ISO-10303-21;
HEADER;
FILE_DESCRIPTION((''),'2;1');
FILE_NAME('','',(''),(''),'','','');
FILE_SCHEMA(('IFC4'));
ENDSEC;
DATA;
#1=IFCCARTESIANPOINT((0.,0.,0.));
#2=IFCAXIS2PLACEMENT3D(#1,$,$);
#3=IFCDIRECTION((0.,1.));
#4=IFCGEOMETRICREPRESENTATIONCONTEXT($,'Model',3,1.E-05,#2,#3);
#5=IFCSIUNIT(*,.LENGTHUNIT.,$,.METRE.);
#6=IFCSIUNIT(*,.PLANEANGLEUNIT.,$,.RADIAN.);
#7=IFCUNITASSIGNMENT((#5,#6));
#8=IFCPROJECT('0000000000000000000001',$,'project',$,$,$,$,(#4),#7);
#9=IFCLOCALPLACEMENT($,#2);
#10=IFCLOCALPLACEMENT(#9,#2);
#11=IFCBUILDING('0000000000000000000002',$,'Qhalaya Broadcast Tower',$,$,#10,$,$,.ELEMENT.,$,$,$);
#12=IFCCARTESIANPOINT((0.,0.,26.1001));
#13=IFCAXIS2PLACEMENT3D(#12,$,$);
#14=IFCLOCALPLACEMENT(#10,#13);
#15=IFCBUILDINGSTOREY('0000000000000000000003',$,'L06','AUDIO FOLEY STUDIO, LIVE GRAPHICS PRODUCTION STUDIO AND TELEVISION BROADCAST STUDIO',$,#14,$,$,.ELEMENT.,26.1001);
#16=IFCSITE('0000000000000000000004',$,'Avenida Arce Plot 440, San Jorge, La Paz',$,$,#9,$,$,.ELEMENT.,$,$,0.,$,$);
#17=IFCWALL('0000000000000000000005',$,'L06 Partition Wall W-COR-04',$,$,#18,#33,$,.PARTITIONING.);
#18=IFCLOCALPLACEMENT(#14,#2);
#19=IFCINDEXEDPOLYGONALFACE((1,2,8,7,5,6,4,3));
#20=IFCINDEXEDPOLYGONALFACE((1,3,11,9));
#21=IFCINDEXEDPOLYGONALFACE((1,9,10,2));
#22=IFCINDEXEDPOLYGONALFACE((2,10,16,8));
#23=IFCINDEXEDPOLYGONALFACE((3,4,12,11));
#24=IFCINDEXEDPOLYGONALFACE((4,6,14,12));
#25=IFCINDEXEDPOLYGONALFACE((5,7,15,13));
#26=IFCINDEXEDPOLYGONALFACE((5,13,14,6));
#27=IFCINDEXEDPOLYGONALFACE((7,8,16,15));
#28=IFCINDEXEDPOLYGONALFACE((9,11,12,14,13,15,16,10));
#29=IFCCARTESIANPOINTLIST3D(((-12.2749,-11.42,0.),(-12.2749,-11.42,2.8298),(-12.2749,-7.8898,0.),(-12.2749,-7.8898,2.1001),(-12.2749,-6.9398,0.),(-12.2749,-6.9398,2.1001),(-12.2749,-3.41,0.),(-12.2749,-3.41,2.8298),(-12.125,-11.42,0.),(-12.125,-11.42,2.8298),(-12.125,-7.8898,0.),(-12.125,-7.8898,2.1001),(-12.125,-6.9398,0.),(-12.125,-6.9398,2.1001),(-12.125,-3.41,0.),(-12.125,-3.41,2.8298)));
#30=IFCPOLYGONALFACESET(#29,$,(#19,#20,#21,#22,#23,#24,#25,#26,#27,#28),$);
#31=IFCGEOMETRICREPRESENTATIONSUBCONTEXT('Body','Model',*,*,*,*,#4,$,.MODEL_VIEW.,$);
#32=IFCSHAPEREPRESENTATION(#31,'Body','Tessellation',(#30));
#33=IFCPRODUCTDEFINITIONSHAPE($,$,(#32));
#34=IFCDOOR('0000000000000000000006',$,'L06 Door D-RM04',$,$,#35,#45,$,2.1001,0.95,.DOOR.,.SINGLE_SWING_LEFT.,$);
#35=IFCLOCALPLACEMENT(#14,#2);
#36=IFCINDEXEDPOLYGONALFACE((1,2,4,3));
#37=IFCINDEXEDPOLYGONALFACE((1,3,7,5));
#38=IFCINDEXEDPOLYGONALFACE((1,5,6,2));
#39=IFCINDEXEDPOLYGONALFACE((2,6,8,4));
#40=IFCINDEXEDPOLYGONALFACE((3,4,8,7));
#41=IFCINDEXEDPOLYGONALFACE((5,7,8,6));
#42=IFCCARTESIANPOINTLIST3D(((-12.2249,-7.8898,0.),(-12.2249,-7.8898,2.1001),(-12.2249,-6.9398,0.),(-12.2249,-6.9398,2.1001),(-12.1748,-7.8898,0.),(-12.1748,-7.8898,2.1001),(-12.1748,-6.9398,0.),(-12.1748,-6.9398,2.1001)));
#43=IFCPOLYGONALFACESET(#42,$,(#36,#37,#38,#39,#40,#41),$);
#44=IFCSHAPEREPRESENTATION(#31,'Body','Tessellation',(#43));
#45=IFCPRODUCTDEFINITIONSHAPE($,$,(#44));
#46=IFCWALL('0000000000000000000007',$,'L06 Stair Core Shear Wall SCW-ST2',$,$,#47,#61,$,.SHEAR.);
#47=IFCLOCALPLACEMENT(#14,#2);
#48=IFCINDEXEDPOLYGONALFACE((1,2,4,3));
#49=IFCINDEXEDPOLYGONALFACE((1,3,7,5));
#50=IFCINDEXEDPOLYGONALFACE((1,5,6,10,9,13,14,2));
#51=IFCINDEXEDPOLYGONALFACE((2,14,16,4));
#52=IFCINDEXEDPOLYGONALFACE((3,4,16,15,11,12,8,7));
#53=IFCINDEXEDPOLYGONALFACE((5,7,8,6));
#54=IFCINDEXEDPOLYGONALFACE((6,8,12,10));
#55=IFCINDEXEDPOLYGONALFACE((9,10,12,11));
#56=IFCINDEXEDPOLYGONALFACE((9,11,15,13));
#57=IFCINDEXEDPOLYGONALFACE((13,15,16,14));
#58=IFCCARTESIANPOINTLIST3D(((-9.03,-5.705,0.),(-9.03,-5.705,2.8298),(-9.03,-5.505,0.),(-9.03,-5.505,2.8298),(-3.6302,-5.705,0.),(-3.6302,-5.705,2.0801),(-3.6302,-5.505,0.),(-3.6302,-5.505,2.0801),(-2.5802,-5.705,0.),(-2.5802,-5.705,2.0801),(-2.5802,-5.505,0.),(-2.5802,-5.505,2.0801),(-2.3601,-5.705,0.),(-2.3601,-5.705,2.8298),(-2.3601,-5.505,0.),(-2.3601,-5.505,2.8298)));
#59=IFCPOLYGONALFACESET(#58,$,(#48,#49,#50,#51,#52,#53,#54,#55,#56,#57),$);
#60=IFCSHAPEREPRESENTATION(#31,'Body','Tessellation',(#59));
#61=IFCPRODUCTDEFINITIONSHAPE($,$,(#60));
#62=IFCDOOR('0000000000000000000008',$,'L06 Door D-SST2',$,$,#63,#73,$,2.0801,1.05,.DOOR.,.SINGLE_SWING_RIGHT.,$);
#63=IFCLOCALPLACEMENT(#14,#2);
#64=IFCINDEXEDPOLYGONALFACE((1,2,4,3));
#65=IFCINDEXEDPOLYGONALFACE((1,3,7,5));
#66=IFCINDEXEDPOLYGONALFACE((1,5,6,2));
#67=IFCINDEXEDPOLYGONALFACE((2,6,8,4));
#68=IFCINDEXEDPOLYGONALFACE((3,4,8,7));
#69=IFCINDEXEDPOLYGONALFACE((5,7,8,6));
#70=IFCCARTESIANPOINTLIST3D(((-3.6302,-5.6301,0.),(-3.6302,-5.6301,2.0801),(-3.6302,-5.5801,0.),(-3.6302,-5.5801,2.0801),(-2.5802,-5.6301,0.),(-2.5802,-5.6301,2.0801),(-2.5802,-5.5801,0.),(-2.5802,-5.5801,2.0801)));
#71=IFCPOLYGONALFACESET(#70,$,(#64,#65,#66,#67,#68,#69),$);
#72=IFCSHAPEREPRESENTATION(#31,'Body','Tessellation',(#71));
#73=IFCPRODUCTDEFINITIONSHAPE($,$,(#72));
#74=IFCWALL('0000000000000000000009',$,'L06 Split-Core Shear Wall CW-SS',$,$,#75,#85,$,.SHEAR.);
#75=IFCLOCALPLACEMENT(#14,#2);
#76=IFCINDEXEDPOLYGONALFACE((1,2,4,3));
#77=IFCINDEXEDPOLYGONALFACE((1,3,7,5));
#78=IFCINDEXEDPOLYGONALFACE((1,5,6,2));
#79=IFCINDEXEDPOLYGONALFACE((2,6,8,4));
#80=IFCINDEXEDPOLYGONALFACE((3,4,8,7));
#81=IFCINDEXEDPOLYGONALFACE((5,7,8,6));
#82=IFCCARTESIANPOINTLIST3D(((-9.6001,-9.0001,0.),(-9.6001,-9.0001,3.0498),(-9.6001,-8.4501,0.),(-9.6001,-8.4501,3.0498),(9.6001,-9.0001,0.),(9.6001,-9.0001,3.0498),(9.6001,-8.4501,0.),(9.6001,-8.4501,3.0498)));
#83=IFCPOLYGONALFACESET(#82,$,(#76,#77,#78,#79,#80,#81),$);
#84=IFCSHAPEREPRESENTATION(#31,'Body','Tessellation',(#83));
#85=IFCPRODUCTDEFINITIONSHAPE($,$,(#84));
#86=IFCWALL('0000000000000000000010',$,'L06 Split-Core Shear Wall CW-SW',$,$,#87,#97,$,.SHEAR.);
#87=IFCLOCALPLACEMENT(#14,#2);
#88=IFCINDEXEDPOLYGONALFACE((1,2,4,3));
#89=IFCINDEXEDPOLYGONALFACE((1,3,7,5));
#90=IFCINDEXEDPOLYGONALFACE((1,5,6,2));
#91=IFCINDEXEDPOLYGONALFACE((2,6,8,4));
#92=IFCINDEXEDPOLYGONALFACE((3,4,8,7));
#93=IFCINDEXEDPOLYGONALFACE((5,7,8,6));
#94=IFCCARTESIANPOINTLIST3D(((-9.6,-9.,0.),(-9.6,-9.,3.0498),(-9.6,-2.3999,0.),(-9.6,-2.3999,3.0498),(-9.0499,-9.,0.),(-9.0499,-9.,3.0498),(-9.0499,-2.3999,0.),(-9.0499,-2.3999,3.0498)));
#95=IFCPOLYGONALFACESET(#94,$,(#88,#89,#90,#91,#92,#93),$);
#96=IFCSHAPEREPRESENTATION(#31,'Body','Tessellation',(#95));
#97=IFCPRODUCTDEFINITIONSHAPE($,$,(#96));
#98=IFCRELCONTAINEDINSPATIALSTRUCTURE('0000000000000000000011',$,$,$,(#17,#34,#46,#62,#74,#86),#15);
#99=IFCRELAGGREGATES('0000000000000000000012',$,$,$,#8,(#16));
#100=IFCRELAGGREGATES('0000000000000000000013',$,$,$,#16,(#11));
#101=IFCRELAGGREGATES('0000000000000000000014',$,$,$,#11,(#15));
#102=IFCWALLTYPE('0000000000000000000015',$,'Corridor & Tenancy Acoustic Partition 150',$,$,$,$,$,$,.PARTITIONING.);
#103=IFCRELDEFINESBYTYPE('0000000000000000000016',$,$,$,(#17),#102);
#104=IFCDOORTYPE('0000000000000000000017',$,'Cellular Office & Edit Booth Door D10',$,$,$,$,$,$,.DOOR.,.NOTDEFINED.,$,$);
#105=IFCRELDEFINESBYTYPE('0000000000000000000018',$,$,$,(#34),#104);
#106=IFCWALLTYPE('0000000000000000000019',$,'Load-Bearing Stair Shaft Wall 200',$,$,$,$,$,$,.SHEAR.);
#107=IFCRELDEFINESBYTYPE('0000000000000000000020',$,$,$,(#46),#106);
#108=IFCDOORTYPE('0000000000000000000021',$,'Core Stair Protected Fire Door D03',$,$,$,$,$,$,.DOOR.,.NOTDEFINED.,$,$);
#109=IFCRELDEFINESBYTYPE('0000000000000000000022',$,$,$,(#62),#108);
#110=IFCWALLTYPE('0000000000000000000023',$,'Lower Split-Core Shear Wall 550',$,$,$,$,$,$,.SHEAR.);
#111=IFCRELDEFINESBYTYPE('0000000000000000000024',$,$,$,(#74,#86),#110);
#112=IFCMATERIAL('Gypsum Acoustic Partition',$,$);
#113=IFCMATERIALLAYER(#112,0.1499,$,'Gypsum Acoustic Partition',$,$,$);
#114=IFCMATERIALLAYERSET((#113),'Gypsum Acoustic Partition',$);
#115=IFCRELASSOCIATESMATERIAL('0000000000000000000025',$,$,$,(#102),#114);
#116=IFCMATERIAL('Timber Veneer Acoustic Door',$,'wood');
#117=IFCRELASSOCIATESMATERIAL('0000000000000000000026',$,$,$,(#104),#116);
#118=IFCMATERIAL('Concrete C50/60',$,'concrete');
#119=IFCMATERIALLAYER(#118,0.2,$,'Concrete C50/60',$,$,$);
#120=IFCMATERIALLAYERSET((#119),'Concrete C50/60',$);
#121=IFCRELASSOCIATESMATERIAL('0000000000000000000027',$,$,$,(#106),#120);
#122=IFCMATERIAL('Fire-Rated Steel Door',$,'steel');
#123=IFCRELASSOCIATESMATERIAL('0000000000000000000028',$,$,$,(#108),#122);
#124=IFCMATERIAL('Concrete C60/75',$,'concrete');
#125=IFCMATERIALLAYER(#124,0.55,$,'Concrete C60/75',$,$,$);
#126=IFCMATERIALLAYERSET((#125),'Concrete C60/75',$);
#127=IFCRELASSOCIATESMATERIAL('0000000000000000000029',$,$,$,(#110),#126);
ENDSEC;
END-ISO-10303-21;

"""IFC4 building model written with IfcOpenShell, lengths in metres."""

from ifc_helpers import new_model, si_unit, direction, frame, frame_2d, origin, place, context, subcontext, project, spatial, rectangle, extrude, material, layer, layer_set, type_object, element, fill, save


model = new_model("IFC4")

# Units and contexts
model_context = context("Model", 3, precision=1e-05, world=origin(), true_north=direction((0.0, 1.0)))
body_context = subcontext(model_context, "Body", "Model", "MODEL_VIEW")
ifc_project = project(units=[si_unit("LENGTHUNIT", "METRE"), si_unit("PLANEANGLEUNIT", "RADIAN")], contexts=[model_context])

# Site, building, storey
site_placement = place(None, origin())
site = spatial("IfcSite", under=ifc_project, at=site_placement, Name="Avenida Arce Plot 440, San Jorge, La Paz", CompositionType="ELEMENT", RefElevation=0.0)
building_placement = place(site_placement, origin())
building = spatial("IfcBuilding", under=site, at=building_placement, Name="Qhalaya Broadcast Tower", CompositionType="ELEMENT")
storey_placement = place(building_placement, frame((0.0, 0.0, 26.1001)))
storey = spatial("IfcBuildingStorey", under=building, at=storey_placement, Name="L06", Description="AUDIO FOLEY STUDIO, LIVE GRAPHICS PRODUCTION STUDIO AND TELEVISION BROADCAST STUDIO", CompositionType="ELEMENT", Elevation=26.1001)

# Shared definitions
ifc_material_1 = material(Name="Concrete C50/60", Category="concrete")

# Walls, openings, doors
ifc_material_2 = material(Name="Gypsum Acoustic Partition")
ifc_layer_1 = layer(ifc_material_2, 0.1499, Name="Gypsum Acoustic Partition")
ifc_layer_set_1 = layer_set([ifc_layer_1], Name="Gypsum Acoustic Partition")
wall_type_1 = type_object("IfcWallType", Name="Corridor & Tenancy Acoustic Partition 150", PredefinedType="PARTITIONING", material=ifc_layer_set_1)
ifc_material_3 = material(Name="Timber Veneer Acoustic Door", Category="wood")
door_type_1 = type_object("IfcDoorType", Name="Cellular Office & Edit Booth Door D10", OperationType="NOTDEFINED", PredefinedType="DOOR", material=ifc_material_3)
wall_1_placement = place(storey_placement, frame((-12.2, -11.4199, 0.0), z_axis=(0.0, 0.0, 1.0), x_axis=(0.0, 1.0, 0.0)))
wall_1 = element("IfcWall", 1, at=wall_1_placement, inside=storey, type_object=wall_type_1, Name="L06 Partition Wall W-COR-04", PredefinedType="PARTITIONING", context=body_context, shape_type="SweptSolid", body=[
    extrude(rectangle(XDim=8.01, YDim=0.1499, at=frame_2d((4.0049, 0.0))), origin(), (0.0, 0.0, 1.0), 2.8298),
])
opening_1_placement = place(wall_1_placement, frame((3.53, 0.0, 0.0)))
opening_1 = element("IfcOpeningElement", 2, at=opening_1_placement, cuts=wall_1, PredefinedType="OPENING", context=body_context, shape_type="SweptSolid", body=[
    extrude(rectangle(XDim=0.95, YDim=2.1001, at=frame_2d((0.4751, 1.05))), frame((0.0, 0.0869, 0.0), z_axis=(0.0, -1.0, 0.0), x_axis=(1.0, 0.0, 0.0)), (0.0, 0.0, 1.0), 0.1738),
])
door_1_placement = place(opening_1_placement, origin())
door_1 = element("IfcDoor", 3, at=door_1_placement, inside=storey, type_object=door_type_1, Name="L06 Door D-RM04", OperationType="SINGLE_SWING_LEFT", OverallHeight=2.1001, OverallWidth=0.95, PredefinedType="DOOR", context=body_context, shape_type="SweptSolid", body=[
    extrude(rectangle(XDim=0.95, YDim=2.1001, at=frame_2d((0.4751, 1.05))), frame((0.0, 0.0249, 0.0), z_axis=(0.0, -1.0, 0.0), x_axis=(1.0, 0.0, 0.0)), (0.0, 0.0, 1.0), 0.05),
])
fill(opening_1, door_1)
ifc_layer_2 = layer(ifc_material_1, 0.2, Name="Concrete C50/60")
ifc_layer_set_2 = layer_set([ifc_layer_2], Name="Concrete C50/60")
wall_type_2 = type_object("IfcWallType", Name="Load-Bearing Stair Shaft Wall 200", PredefinedType="SHEAR", material=ifc_layer_set_2)
wall_2_placement = place(storey_placement, frame((-9.03, -5.605, 0.0), z_axis=(0.0, 0.0, 1.0), x_axis=(1.0, 0.0, 0.0)))
wall_2 = element("IfcWall", 4, at=wall_2_placement, inside=storey, type_object=wall_type_2, Name="L06 Stair Core Shear Wall SCW-ST2", PredefinedType="SHEAR", context=body_context, shape_type="SweptSolid", body=[
    extrude(rectangle(XDim=6.6699, YDim=0.2, at=frame_2d((3.335, 0.0))), origin(), (0.0, 0.0, 1.0), 2.8298),
])
opening_2_placement = place(wall_2_placement, frame((5.3999, 0.0, 0.0)))
opening_2 = element("IfcOpeningElement", 5, at=opening_2_placement, cuts=wall_2, PredefinedType="OPENING", context=body_context, shape_type="SweptSolid", body=[
    extrude(rectangle(XDim=1.05, YDim=2.0801, at=frame_2d((0.5249, 1.04))), frame((0.0, 0.1121, 0.0), z_axis=(0.0, -1.0, 0.0), x_axis=(1.0, 0.0, 0.0)), (0.0, 0.0, 1.0), 0.2239),
])
ifc_material_4 = material(Name="Fire-Rated Steel Door", Category="steel")
door_type_2 = type_object("IfcDoorType", Name="Core Stair Protected Fire Door D03", OperationType="NOTDEFINED", PredefinedType="DOOR", material=ifc_material_4)
door_2_placement = place(opening_2_placement, origin())
door_2 = element("IfcDoor", 6, at=door_2_placement, inside=storey, type_object=door_type_2, Name="L06 Door D-SST2", OperationType="SINGLE_SWING_RIGHT", OverallHeight=2.0801, OverallWidth=1.05, PredefinedType="DOOR", context=body_context, shape_type="SweptSolid", body=[
    extrude(rectangle(XDim=1.05, YDim=2.0801, at=frame_2d((0.5249, 1.04))), frame((0.0, 0.0249, 0.0), z_axis=(0.0, -1.0, 0.0), x_axis=(1.0, 0.0, 0.0)), (0.0, 0.0, 1.0), 0.05),
])
fill(opening_2, door_2)

# Wall
ifc_material_5 = material(Name="Concrete C60/75", Category="concrete")
ifc_layer_3 = layer(ifc_material_5, 0.55, Name="Concrete C60/75")
ifc_layer_set_3 = layer_set([ifc_layer_3], Name="Concrete C60/75")
wall_type_3 = type_object("IfcWallType", Name="Lower Split-Core Shear Wall 550", PredefinedType="SHEAR", material=ifc_layer_set_3)
wall_3_placement = place(storey_placement, frame((-9.6001, -8.7251, 0.0), z_axis=(0.0, 0.0, 1.0), x_axis=(1.0, 0.0, 0.0)))
element("IfcWall", 7, at=wall_3_placement, inside=storey, type_object=wall_type_3, Name="L06 Split-Core Shear Wall CW-SS", PredefinedType="SHEAR", context=body_context, shape_type="SweptSolid", body=[
    extrude(rectangle(XDim=19.2002, YDim=0.55, at=frame_2d((9.6001, 0.0))), origin(), (0.0, 0.0, 1.0), 3.0498),
])

# Wall
wall_4_placement = place(storey_placement, frame((-9.325, -9.0, 0.0), z_axis=(0.0, 0.0, 1.0), x_axis=(0.0, 1.0, 0.0)))
element("IfcWall", 8, at=wall_4_placement, inside=storey, type_object=wall_type_3, Name="L06 Split-Core Shear Wall CW-SW", PredefinedType="SHEAR", context=body_context, shape_type="SweptSolid", body=[
    extrude(rectangle(XDim=6.6001, YDim=0.55, at=frame_2d((3.3, 0.0))), origin(), (0.0, 0.0, 1.0), 3.0498),
])

save(model, "model.ifc")
